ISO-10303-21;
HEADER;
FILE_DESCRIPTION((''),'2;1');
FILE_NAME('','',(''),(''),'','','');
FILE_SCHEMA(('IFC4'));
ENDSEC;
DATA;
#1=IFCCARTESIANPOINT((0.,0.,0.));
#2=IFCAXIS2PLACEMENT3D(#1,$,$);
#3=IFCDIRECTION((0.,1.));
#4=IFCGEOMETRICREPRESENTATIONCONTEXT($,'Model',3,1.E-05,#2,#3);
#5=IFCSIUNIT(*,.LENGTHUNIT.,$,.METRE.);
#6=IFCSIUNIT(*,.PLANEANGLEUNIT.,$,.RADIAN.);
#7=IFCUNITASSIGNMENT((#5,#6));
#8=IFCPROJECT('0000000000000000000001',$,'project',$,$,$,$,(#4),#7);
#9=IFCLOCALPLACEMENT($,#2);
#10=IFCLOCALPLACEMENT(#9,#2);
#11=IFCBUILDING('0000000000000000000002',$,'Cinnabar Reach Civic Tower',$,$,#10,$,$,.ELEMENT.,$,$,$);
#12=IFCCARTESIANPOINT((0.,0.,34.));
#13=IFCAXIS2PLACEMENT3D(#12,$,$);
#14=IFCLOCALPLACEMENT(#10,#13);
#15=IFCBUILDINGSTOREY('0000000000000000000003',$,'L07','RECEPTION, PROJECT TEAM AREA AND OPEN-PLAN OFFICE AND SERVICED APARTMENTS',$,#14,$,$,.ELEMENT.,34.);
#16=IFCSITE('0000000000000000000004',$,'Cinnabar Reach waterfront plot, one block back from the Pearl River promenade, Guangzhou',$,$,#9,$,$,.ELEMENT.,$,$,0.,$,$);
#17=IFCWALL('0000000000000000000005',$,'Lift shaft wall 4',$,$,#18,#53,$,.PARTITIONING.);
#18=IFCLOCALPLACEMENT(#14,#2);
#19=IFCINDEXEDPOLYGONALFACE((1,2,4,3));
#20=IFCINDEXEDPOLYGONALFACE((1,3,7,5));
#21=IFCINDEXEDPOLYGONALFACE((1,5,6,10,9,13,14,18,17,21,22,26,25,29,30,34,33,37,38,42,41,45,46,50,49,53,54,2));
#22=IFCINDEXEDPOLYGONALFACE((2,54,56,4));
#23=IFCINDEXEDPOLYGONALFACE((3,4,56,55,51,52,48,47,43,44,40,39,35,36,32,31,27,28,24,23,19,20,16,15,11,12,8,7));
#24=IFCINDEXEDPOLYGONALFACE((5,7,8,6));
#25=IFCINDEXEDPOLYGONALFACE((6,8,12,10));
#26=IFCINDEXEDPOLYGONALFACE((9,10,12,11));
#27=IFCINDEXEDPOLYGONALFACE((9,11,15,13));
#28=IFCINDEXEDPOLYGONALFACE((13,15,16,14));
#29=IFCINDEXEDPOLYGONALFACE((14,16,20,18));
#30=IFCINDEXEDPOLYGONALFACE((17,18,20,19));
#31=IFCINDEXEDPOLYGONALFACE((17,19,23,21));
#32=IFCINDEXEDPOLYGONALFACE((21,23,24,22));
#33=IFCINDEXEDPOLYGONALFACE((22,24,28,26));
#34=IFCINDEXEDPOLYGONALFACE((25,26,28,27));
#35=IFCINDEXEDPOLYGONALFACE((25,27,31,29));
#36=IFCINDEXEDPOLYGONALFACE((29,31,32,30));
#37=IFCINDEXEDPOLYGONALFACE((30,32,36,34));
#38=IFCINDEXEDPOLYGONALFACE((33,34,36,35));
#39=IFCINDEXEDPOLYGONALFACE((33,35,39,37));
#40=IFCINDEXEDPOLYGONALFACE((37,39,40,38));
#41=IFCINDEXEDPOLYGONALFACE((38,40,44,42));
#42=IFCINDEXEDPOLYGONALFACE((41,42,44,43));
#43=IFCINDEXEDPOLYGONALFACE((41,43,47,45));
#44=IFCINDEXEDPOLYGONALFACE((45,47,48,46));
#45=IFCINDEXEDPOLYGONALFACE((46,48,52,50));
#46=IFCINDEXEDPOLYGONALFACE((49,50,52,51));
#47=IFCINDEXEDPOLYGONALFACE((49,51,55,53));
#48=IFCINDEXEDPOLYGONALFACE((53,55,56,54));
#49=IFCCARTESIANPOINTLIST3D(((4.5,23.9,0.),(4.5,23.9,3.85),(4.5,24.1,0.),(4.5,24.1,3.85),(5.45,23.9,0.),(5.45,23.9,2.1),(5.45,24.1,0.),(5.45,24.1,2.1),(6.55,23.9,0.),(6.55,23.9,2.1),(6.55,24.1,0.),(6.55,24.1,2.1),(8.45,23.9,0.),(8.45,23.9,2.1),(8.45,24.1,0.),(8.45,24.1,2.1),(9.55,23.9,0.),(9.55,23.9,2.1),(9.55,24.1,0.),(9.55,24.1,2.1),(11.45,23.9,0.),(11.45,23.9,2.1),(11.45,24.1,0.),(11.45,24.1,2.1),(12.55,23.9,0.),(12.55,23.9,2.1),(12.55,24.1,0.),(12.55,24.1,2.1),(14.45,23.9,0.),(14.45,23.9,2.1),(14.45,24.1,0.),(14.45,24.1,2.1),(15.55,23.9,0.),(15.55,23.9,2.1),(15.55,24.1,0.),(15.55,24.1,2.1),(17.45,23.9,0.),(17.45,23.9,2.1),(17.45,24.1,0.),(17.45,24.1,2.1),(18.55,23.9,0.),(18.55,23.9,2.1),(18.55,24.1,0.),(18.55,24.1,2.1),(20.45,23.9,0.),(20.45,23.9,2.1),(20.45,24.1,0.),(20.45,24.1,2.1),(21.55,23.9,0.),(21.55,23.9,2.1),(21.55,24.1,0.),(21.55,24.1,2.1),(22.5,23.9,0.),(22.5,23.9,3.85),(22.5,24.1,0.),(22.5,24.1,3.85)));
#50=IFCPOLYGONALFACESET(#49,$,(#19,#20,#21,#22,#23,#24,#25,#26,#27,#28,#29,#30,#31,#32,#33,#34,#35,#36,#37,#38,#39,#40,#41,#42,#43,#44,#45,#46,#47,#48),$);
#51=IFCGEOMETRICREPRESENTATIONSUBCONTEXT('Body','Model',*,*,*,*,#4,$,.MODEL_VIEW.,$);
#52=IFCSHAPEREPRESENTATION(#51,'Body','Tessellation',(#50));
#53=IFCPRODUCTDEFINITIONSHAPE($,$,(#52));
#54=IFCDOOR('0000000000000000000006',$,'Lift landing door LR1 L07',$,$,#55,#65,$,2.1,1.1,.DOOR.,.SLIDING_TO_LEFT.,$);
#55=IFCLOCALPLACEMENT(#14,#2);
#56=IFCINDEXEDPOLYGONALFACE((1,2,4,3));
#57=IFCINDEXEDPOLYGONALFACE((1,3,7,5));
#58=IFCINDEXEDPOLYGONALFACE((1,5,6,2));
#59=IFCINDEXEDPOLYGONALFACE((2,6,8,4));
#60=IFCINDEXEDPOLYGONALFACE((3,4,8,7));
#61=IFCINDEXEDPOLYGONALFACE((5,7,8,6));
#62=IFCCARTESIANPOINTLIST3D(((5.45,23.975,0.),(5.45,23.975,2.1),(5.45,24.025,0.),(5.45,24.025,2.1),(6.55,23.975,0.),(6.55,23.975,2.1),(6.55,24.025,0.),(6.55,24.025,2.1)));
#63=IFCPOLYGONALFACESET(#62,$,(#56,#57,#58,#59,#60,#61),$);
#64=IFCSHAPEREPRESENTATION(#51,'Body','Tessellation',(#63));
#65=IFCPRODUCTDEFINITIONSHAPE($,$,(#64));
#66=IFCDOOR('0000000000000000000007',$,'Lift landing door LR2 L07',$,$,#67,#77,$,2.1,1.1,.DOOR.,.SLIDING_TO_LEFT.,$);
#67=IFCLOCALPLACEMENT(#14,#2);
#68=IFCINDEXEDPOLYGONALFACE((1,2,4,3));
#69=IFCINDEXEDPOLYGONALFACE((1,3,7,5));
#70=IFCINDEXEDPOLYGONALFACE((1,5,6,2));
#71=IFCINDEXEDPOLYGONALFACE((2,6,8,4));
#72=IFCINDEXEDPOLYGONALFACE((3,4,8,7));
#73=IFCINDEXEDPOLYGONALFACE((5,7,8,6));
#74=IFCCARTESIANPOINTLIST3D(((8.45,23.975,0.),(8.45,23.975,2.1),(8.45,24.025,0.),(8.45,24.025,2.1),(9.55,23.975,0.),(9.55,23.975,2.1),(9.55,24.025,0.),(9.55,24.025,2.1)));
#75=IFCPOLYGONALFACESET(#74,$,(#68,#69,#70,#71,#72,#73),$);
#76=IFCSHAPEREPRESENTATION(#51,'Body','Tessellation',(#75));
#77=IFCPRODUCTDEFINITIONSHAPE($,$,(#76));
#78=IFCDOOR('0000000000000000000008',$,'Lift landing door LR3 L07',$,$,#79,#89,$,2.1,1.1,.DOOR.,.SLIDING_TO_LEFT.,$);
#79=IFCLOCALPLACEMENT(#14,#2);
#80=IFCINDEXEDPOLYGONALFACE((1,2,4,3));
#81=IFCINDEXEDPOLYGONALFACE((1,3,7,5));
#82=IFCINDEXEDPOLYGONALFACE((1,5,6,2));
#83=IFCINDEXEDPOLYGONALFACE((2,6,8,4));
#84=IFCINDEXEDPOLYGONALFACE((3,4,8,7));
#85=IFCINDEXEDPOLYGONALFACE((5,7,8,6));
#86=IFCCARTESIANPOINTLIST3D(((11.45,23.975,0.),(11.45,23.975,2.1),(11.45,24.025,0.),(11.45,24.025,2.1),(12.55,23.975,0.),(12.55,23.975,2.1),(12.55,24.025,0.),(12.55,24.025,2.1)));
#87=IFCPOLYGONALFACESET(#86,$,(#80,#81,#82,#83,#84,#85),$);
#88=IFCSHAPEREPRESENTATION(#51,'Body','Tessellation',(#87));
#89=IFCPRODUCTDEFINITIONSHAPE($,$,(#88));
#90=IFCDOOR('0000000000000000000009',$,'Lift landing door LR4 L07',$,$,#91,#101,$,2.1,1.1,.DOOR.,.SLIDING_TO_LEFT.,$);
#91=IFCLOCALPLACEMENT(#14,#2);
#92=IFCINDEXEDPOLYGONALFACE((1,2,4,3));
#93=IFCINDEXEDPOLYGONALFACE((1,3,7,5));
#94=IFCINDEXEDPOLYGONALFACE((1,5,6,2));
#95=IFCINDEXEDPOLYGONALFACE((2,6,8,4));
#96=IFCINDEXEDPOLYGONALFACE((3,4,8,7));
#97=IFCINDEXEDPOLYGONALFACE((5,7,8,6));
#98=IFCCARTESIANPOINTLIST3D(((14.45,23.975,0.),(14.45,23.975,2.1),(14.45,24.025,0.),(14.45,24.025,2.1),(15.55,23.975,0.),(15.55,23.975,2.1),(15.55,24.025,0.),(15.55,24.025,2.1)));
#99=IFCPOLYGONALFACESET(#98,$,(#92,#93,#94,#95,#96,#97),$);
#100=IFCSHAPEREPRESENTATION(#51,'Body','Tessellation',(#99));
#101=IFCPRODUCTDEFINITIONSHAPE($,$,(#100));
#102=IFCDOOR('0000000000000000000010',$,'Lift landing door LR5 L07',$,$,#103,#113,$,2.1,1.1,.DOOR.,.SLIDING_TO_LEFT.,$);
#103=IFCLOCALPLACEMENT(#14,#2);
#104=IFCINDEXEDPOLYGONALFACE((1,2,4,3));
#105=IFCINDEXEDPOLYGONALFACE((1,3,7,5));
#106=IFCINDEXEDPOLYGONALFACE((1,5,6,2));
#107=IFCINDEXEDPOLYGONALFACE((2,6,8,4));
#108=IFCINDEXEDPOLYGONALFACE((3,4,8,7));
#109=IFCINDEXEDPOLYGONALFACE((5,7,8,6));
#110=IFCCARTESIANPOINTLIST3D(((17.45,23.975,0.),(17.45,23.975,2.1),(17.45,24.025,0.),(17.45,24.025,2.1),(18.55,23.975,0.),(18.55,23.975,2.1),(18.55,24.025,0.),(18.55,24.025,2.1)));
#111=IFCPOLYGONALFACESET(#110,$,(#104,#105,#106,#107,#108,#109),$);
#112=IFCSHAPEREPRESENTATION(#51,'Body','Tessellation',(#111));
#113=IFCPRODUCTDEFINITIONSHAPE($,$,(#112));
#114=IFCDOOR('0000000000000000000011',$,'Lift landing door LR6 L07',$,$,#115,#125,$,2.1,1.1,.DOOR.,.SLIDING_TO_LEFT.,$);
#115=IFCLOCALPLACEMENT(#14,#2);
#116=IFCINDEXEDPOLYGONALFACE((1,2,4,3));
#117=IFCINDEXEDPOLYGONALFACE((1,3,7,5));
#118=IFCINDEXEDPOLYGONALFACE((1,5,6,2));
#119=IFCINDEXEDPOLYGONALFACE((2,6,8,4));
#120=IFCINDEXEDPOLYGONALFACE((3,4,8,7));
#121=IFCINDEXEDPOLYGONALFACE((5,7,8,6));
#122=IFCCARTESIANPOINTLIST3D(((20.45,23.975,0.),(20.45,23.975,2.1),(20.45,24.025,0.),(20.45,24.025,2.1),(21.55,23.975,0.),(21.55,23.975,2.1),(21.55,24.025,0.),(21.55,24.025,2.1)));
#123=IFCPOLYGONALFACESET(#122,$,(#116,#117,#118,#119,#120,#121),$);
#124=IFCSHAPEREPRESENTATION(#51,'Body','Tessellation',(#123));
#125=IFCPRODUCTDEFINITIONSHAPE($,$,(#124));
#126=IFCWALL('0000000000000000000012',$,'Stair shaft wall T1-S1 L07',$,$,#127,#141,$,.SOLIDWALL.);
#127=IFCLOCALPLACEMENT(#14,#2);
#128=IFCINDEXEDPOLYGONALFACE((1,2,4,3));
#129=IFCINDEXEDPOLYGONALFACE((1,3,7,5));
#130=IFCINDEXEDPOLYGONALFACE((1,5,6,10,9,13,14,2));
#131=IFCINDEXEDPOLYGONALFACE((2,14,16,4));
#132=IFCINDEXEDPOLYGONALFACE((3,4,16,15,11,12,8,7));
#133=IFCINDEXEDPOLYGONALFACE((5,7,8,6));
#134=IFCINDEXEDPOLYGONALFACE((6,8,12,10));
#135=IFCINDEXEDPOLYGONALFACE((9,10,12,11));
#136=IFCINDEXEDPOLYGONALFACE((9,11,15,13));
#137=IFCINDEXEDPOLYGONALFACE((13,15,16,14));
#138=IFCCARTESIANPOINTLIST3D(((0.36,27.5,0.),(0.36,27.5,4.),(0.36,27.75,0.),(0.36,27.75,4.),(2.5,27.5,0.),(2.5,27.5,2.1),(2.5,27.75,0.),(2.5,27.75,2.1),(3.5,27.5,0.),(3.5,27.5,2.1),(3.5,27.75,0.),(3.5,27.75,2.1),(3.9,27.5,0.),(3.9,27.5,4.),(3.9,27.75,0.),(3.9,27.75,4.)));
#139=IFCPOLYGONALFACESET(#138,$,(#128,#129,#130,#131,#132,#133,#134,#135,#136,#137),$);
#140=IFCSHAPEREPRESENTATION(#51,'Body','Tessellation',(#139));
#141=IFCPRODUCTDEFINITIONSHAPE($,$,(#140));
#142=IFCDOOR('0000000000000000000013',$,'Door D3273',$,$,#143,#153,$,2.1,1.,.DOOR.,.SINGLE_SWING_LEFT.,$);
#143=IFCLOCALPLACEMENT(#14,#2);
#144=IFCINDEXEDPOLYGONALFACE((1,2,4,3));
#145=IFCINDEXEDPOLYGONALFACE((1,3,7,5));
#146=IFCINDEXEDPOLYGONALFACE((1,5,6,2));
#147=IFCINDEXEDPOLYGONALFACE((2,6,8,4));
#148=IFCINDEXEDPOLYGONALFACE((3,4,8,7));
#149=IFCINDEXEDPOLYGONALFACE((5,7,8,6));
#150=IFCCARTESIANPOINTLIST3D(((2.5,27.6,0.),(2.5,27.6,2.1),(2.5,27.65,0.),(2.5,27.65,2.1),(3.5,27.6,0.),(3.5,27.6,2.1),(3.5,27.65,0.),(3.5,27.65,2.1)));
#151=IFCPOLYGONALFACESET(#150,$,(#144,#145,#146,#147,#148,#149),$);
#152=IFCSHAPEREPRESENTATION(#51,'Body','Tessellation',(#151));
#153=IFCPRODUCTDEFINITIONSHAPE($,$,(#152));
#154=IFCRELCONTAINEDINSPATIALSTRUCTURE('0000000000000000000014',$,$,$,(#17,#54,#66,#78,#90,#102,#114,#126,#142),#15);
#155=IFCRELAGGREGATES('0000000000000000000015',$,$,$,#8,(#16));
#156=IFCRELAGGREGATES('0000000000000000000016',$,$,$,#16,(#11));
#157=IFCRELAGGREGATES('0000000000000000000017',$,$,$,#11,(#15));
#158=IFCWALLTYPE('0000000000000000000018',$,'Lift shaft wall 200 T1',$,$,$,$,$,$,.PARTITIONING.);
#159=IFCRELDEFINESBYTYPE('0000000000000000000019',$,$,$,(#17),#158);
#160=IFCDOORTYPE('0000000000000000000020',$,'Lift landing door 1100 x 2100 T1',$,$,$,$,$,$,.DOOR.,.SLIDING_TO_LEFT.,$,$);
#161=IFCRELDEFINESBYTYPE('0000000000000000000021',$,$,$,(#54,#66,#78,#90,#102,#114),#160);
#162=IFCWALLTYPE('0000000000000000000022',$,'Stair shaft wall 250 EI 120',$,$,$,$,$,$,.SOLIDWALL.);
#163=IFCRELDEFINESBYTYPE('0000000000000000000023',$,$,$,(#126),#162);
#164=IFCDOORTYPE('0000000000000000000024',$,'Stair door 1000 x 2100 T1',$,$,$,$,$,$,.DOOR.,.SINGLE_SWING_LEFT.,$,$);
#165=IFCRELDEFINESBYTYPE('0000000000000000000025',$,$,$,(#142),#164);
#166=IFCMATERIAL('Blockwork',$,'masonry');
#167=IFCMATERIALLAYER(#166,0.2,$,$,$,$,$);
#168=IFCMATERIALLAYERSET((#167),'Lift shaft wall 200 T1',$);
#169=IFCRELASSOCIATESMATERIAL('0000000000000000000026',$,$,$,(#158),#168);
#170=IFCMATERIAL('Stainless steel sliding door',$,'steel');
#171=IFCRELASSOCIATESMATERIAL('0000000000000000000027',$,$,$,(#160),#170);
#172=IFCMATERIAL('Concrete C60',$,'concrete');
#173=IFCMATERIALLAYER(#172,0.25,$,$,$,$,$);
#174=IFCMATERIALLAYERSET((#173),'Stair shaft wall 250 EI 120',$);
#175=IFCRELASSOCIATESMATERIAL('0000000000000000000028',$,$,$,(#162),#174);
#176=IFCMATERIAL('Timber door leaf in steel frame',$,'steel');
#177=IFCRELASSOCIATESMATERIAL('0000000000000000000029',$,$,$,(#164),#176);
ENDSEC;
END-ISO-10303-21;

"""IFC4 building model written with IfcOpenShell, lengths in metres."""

from ifc_helpers import new_model, si_unit, direction, frame, frame_2d, origin, place, context, subcontext, project, spatial, rectangle, extrude, material, layer, layer_set, type_object, element, fill, save


model = new_model("IFC4")

# Units and contexts
model_context = context("Model", 3, precision=1e-05, world=origin(), true_north=direction((0.0, 1.0)))
body_context = subcontext(model_context, "Body", "Model", "MODEL_VIEW")
ifc_project = project(units=[si_unit("LENGTHUNIT", "METRE"), si_unit("PLANEANGLEUNIT", "RADIAN")], contexts=[model_context])

# Site, building, storey
site_placement = place(None, origin())
site = spatial("IfcSite", under=ifc_project, at=site_placement, Name="Cinnabar Reach waterfront plot, one block back from the Pearl River promenade, Guangzhou", CompositionType="ELEMENT", RefElevation=0.0)
building_placement = place(site_placement, origin())
building = spatial("IfcBuilding", under=site, at=building_placement, Name="Cinnabar Reach Civic Tower", CompositionType="ELEMENT")
storey_placement = place(building_placement, frame((0.0, 0.0, 34.0)))
storey = spatial("IfcBuildingStorey", under=building, at=storey_placement, Name="L07", Description="RECEPTION, PROJECT TEAM AREA AND OPEN-PLAN OFFICE AND SERVICED APARTMENTS", CompositionType="ELEMENT", Elevation=34.0)

# Shared definitions
ifc_material_1 = material(Name="Timber door leaf in steel frame", Category="steel")

# Wall, openings, doors
ifc_material_2 = material(Name="Blockwork", Category="masonry")
ifc_layer_1 = layer(ifc_material_2, 0.2)
ifc_layer_set_1 = layer_set([ifc_layer_1], Name="Lift shaft wall 200 T1")
wall_type_1 = type_object("IfcWallType", Name="Lift shaft wall 200 T1", PredefinedType="PARTITIONING", material=ifc_layer_set_1)
wall_1_placement = place(storey_placement, frame((4.5, 24.0, 0.0), z_axis=(0.0, 0.0, 1.0), x_axis=(1.0, 0.0, 0.0)))
wall_1 = element("IfcWall", 1, at=wall_1_placement, inside=storey, type_object=wall_type_1, Name="Lift shaft wall 4", PredefinedType="PARTITIONING", context=body_context, shape_type="SweptSolid", body=[
    extrude(rectangle(XDim=18.0, YDim=0.2, at=frame_2d((9.0, 0.0))), origin(), (0.0, 0.0, 1.0), 3.85),
])
opening_1_placement = place(wall_1_placement, frame((0.95, 0.0, 0.0)))
opening_1 = element("IfcOpeningElement", 2, at=opening_1_placement, cuts=wall_1, PredefinedType="OPENING", context=body_context, shape_type="SweptSolid", body=[
    extrude(rectangle(XDim=1.1, YDim=2.1, at=frame_2d((0.55, 1.05))), frame((0.0, 0.11, 0.0), z_axis=(0.0, -1.0, 0.0), x_axis=(1.0, 0.0, 0.0)), (0.0, 0.0, 1.0), 0.22),
])
opening_2_placement = place(wall_1_placement, frame((3.95, 0.0, 0.0)))
opening_2 = element("IfcOpeningElement", 3, at=opening_2_placement, cuts=wall_1, PredefinedType="OPENING", context=body_context, shape_type="SweptSolid", body=[
    extrude(rectangle(XDim=1.1, YDim=2.1, at=frame_2d((0.55, 1.05))), frame((0.0, 0.11, 0.0), z_axis=(0.0, -1.0, 0.0), x_axis=(1.0, 0.0, 0.0)), (0.0, 0.0, 1.0), 0.22),
])
opening_3_placement = place(wall_1_placement, frame((6.95, 0.0, 0.0)))
opening_3 = element("IfcOpeningElement", 4, at=opening_3_placement, cuts=wall_1, PredefinedType="OPENING", context=body_context, shape_type="SweptSolid", body=[
    extrude(rectangle(XDim=1.1, YDim=2.1, at=frame_2d((0.55, 1.05))), frame((0.0, 0.11, 0.0), z_axis=(0.0, -1.0, 0.0), x_axis=(1.0, 0.0, 0.0)), (0.0, 0.0, 1.0), 0.22),
])
opening_4_placement = place(wall_1_placement, frame((9.95, 0.0, 0.0)))
opening_4 = element("IfcOpeningElement", 5, at=opening_4_placement, cuts=wall_1, PredefinedType="OPENING", context=body_context, shape_type="SweptSolid", body=[
    extrude(rectangle(XDim=1.1, YDim=2.1, at=frame_2d((0.55, 1.05))), frame((0.0, 0.11, 0.0), z_axis=(0.0, -1.0, 0.0), x_axis=(1.0, 0.0, 0.0)), (0.0, 0.0, 1.0), 0.22),
])
opening_5_placement = place(wall_1_placement, frame((12.95, 0.0, 0.0)))
opening_5 = element("IfcOpeningElement", 6, at=opening_5_placement, cuts=wall_1, PredefinedType="OPENING", context=body_context, shape_type="SweptSolid", body=[
    extrude(rectangle(XDim=1.1, YDim=2.1, at=frame_2d((0.55, 1.05))), frame((0.0, 0.11, 0.0), z_axis=(0.0, -1.0, 0.0), x_axis=(1.0, 0.0, 0.0)), (0.0, 0.0, 1.0), 0.22),
])
opening_6_placement = place(wall_1_placement, frame((15.95, 0.0, 0.0)))
opening_6 = element("IfcOpeningElement", 7, at=opening_6_placement, cuts=wall_1, PredefinedType="OPENING", context=body_context, shape_type="SweptSolid", body=[
    extrude(rectangle(XDim=1.1, YDim=2.1, at=frame_2d((0.55, 1.05))), frame((0.0, 0.11, 0.0), z_axis=(0.0, -1.0, 0.0), x_axis=(1.0, 0.0, 0.0)), (0.0, 0.0, 1.0), 0.22),
])
ifc_material_3 = material(Name="Stainless steel sliding door", Category="steel")
door_type_1 = type_object("IfcDoorType", Name="Lift landing door 1100 x 2100 T1", OperationType="SLIDING_TO_LEFT", PredefinedType="DOOR", material=ifc_material_3)
door_1_placement = place(opening_1_placement, origin())
door_1 = element("IfcDoor", 8, at=door_1_placement, inside=storey, type_object=door_type_1, Name="Lift landing door LR1 L07", OperationType="SLIDING_TO_LEFT", OverallHeight=2.1, OverallWidth=1.1, PredefinedType="DOOR", context=body_context, shape_type="SweptSolid", body=[
    extrude(rectangle(XDim=1.1, YDim=2.1, at=frame_2d((0.55, 1.05))), frame((0.0, 0.025, 0.0), z_axis=(0.0, -1.0, 0.0), x_axis=(1.0, 0.0, 0.0)), (0.0, 0.0, 1.0), 0.05),
])
fill(opening_1, door_1)
door_2_placement = place(opening_2_placement, origin())
door_2 = element("IfcDoor", 9, at=door_2_placement, inside=storey, type_object=door_type_1, Name="Lift landing door LR2 L07", OperationType="SLIDING_TO_LEFT", OverallHeight=2.1, OverallWidth=1.1, PredefinedType="DOOR", context=body_context, shape_type="SweptSolid", body=[
    extrude(rectangle(XDim=1.1, YDim=2.1, at=frame_2d((0.55, 1.05))), frame((0.0, 0.025, 0.0), z_axis=(0.0, -1.0, 0.0), x_axis=(1.0, 0.0, 0.0)), (0.0, 0.0, 1.0), 0.05),
])
fill(opening_2, door_2)
door_3_placement = place(opening_3_placement, origin())
door_3 = element("IfcDoor", 10, at=door_3_placement, inside=storey, type_object=door_type_1, Name="Lift landing door LR3 L07", OperationType="SLIDING_TO_LEFT", OverallHeight=2.1, OverallWidth=1.1, PredefinedType="DOOR", context=body_context, shape_type="SweptSolid", body=[
    extrude(rectangle(XDim=1.1, YDim=2.1, at=frame_2d((0.55, 1.05))), frame((0.0, 0.025, 0.0), z_axis=(0.0, -1.0, 0.0), x_axis=(1.0, 0.0, 0.0)), (0.0, 0.0, 1.0), 0.05),
])
fill(opening_3, door_3)
door_4_placement = place(opening_4_placement, origin())
door_4 = element("IfcDoor", 11, at=door_4_placement, inside=storey, type_object=door_type_1, Name="Lift landing door LR4 L07", OperationType="SLIDING_TO_LEFT", OverallHeight=2.1, OverallWidth=1.1, PredefinedType="DOOR", context=body_context, shape_type="SweptSolid", body=[
    extrude(rectangle(XDim=1.1, YDim=2.1, at=frame_2d((0.55, 1.05))), frame((0.0, 0.025, 0.0), z_axis=(0.0, -1.0, 0.0), x_axis=(1.0, 0.0, 0.0)), (0.0, 0.0, 1.0), 0.05),
])
fill(opening_4, door_4)
door_5_placement = place(opening_5_placement, origin())
door_5 = element("IfcDoor", 12, at=door_5_placement, inside=storey, type_object=door_type_1, Name="Lift landing door LR5 L07", OperationType="SLIDING_TO_LEFT", OverallHeight=2.1, OverallWidth=1.1, PredefinedType="DOOR", context=body_context, shape_type="SweptSolid", body=[
    extrude(rectangle(XDim=1.1, YDim=2.1, at=frame_2d((0.55, 1.05))), frame((0.0, 0.025, 0.0), z_axis=(0.0, -1.0, 0.0), x_axis=(1.0, 0.0, 0.0)), (0.0, 0.0, 1.0), 0.05),
])
fill(opening_5, door_5)
door_6_placement = place(opening_6_placement, origin())
door_6 = element("IfcDoor", 13, at=door_6_placement, inside=storey, type_object=door_type_1, Name="Lift landing door LR6 L07", OperationType="SLIDING_TO_LEFT", OverallHeight=2.1, OverallWidth=1.1, PredefinedType="DOOR", context=body_context, shape_type="SweptSolid", body=[
    extrude(rectangle(XDim=1.1, YDim=2.1, at=frame_2d((0.55, 1.05))), frame((0.0, 0.025, 0.0), z_axis=(0.0, -1.0, 0.0), x_axis=(1.0, 0.0, 0.0)), (0.0, 0.0, 1.0), 0.05),
])
fill(opening_6, door_6)

# Wall, opening, door
ifc_material_4 = material(Name="Concrete C60", Category="concrete")
ifc_layer_2 = layer(ifc_material_4, 0.25)
ifc_layer_set_2 = layer_set([ifc_layer_2], Name="Stair shaft wall 250 EI 120")
wall_type_2 = type_object("IfcWallType", Name="Stair shaft wall 250 EI 120", PredefinedType="SOLIDWALL", material=ifc_layer_set_2)
wall_2_placement = place(storey_placement, frame((3.9, 27.625, 0.0), z_axis=(0.0, 0.0, 1.0), x_axis=(-1.0, 0.0, 0.0)))
wall_2 = element("IfcWall", 14, at=wall_2_placement, inside=storey, type_object=wall_type_2, Name="Stair shaft wall T1-S1 L07", PredefinedType="SOLIDWALL", context=body_context, shape_type="SweptSolid", body=[
    extrude(rectangle(XDim=3.54, YDim=0.25, at=frame_2d((1.77, 0.0))), origin(), (0.0, 0.0, 1.0), 4.0),
])
opening_7_placement = place(wall_2_placement, frame((0.4, 0.0, 0.0)))
opening_7 = element("IfcOpeningElement", 15, at=opening_7_placement, cuts=wall_2, PredefinedType="OPENING", context=body_context, shape_type="SweptSolid", body=[
    extrude(rectangle(XDim=1.0, YDim=2.1, at=frame_2d((0.5, 1.05))), frame((0.0, 0.135, 0.0), z_axis=(0.0, -1.0, 0.0), x_axis=(1.0, 0.0, 0.0)), (0.0, 0.0, 1.0), 0.27),
])
door_type_2 = type_object("IfcDoorType", Name="Stair door 1000 x 2100 T1", OperationType="SINGLE_SWING_LEFT", PredefinedType="DOOR", material=ifc_material_1)
door_7_placement = place(opening_7_placement, origin())
door_7 = element("IfcDoor", 16, at=door_7_placement, inside=storey, type_object=door_type_2, Name="Door D3273", OperationType="SINGLE_SWING_LEFT", OverallHeight=2.1, OverallWidth=1.0, PredefinedType="DOOR", context=body_context, shape_type="SweptSolid", body=[
    extrude(rectangle(XDim=1.0, YDim=2.1, at=frame_2d((0.5, 1.05))), frame((0.0, 0.025, 0.0), z_axis=(0.0, -1.0, 0.0), x_axis=(1.0, 0.0, 0.0)), (0.0, 0.0, 1.0), 0.05),
])
fill(opening_7, door_7)

save(model, "model.ifc")
